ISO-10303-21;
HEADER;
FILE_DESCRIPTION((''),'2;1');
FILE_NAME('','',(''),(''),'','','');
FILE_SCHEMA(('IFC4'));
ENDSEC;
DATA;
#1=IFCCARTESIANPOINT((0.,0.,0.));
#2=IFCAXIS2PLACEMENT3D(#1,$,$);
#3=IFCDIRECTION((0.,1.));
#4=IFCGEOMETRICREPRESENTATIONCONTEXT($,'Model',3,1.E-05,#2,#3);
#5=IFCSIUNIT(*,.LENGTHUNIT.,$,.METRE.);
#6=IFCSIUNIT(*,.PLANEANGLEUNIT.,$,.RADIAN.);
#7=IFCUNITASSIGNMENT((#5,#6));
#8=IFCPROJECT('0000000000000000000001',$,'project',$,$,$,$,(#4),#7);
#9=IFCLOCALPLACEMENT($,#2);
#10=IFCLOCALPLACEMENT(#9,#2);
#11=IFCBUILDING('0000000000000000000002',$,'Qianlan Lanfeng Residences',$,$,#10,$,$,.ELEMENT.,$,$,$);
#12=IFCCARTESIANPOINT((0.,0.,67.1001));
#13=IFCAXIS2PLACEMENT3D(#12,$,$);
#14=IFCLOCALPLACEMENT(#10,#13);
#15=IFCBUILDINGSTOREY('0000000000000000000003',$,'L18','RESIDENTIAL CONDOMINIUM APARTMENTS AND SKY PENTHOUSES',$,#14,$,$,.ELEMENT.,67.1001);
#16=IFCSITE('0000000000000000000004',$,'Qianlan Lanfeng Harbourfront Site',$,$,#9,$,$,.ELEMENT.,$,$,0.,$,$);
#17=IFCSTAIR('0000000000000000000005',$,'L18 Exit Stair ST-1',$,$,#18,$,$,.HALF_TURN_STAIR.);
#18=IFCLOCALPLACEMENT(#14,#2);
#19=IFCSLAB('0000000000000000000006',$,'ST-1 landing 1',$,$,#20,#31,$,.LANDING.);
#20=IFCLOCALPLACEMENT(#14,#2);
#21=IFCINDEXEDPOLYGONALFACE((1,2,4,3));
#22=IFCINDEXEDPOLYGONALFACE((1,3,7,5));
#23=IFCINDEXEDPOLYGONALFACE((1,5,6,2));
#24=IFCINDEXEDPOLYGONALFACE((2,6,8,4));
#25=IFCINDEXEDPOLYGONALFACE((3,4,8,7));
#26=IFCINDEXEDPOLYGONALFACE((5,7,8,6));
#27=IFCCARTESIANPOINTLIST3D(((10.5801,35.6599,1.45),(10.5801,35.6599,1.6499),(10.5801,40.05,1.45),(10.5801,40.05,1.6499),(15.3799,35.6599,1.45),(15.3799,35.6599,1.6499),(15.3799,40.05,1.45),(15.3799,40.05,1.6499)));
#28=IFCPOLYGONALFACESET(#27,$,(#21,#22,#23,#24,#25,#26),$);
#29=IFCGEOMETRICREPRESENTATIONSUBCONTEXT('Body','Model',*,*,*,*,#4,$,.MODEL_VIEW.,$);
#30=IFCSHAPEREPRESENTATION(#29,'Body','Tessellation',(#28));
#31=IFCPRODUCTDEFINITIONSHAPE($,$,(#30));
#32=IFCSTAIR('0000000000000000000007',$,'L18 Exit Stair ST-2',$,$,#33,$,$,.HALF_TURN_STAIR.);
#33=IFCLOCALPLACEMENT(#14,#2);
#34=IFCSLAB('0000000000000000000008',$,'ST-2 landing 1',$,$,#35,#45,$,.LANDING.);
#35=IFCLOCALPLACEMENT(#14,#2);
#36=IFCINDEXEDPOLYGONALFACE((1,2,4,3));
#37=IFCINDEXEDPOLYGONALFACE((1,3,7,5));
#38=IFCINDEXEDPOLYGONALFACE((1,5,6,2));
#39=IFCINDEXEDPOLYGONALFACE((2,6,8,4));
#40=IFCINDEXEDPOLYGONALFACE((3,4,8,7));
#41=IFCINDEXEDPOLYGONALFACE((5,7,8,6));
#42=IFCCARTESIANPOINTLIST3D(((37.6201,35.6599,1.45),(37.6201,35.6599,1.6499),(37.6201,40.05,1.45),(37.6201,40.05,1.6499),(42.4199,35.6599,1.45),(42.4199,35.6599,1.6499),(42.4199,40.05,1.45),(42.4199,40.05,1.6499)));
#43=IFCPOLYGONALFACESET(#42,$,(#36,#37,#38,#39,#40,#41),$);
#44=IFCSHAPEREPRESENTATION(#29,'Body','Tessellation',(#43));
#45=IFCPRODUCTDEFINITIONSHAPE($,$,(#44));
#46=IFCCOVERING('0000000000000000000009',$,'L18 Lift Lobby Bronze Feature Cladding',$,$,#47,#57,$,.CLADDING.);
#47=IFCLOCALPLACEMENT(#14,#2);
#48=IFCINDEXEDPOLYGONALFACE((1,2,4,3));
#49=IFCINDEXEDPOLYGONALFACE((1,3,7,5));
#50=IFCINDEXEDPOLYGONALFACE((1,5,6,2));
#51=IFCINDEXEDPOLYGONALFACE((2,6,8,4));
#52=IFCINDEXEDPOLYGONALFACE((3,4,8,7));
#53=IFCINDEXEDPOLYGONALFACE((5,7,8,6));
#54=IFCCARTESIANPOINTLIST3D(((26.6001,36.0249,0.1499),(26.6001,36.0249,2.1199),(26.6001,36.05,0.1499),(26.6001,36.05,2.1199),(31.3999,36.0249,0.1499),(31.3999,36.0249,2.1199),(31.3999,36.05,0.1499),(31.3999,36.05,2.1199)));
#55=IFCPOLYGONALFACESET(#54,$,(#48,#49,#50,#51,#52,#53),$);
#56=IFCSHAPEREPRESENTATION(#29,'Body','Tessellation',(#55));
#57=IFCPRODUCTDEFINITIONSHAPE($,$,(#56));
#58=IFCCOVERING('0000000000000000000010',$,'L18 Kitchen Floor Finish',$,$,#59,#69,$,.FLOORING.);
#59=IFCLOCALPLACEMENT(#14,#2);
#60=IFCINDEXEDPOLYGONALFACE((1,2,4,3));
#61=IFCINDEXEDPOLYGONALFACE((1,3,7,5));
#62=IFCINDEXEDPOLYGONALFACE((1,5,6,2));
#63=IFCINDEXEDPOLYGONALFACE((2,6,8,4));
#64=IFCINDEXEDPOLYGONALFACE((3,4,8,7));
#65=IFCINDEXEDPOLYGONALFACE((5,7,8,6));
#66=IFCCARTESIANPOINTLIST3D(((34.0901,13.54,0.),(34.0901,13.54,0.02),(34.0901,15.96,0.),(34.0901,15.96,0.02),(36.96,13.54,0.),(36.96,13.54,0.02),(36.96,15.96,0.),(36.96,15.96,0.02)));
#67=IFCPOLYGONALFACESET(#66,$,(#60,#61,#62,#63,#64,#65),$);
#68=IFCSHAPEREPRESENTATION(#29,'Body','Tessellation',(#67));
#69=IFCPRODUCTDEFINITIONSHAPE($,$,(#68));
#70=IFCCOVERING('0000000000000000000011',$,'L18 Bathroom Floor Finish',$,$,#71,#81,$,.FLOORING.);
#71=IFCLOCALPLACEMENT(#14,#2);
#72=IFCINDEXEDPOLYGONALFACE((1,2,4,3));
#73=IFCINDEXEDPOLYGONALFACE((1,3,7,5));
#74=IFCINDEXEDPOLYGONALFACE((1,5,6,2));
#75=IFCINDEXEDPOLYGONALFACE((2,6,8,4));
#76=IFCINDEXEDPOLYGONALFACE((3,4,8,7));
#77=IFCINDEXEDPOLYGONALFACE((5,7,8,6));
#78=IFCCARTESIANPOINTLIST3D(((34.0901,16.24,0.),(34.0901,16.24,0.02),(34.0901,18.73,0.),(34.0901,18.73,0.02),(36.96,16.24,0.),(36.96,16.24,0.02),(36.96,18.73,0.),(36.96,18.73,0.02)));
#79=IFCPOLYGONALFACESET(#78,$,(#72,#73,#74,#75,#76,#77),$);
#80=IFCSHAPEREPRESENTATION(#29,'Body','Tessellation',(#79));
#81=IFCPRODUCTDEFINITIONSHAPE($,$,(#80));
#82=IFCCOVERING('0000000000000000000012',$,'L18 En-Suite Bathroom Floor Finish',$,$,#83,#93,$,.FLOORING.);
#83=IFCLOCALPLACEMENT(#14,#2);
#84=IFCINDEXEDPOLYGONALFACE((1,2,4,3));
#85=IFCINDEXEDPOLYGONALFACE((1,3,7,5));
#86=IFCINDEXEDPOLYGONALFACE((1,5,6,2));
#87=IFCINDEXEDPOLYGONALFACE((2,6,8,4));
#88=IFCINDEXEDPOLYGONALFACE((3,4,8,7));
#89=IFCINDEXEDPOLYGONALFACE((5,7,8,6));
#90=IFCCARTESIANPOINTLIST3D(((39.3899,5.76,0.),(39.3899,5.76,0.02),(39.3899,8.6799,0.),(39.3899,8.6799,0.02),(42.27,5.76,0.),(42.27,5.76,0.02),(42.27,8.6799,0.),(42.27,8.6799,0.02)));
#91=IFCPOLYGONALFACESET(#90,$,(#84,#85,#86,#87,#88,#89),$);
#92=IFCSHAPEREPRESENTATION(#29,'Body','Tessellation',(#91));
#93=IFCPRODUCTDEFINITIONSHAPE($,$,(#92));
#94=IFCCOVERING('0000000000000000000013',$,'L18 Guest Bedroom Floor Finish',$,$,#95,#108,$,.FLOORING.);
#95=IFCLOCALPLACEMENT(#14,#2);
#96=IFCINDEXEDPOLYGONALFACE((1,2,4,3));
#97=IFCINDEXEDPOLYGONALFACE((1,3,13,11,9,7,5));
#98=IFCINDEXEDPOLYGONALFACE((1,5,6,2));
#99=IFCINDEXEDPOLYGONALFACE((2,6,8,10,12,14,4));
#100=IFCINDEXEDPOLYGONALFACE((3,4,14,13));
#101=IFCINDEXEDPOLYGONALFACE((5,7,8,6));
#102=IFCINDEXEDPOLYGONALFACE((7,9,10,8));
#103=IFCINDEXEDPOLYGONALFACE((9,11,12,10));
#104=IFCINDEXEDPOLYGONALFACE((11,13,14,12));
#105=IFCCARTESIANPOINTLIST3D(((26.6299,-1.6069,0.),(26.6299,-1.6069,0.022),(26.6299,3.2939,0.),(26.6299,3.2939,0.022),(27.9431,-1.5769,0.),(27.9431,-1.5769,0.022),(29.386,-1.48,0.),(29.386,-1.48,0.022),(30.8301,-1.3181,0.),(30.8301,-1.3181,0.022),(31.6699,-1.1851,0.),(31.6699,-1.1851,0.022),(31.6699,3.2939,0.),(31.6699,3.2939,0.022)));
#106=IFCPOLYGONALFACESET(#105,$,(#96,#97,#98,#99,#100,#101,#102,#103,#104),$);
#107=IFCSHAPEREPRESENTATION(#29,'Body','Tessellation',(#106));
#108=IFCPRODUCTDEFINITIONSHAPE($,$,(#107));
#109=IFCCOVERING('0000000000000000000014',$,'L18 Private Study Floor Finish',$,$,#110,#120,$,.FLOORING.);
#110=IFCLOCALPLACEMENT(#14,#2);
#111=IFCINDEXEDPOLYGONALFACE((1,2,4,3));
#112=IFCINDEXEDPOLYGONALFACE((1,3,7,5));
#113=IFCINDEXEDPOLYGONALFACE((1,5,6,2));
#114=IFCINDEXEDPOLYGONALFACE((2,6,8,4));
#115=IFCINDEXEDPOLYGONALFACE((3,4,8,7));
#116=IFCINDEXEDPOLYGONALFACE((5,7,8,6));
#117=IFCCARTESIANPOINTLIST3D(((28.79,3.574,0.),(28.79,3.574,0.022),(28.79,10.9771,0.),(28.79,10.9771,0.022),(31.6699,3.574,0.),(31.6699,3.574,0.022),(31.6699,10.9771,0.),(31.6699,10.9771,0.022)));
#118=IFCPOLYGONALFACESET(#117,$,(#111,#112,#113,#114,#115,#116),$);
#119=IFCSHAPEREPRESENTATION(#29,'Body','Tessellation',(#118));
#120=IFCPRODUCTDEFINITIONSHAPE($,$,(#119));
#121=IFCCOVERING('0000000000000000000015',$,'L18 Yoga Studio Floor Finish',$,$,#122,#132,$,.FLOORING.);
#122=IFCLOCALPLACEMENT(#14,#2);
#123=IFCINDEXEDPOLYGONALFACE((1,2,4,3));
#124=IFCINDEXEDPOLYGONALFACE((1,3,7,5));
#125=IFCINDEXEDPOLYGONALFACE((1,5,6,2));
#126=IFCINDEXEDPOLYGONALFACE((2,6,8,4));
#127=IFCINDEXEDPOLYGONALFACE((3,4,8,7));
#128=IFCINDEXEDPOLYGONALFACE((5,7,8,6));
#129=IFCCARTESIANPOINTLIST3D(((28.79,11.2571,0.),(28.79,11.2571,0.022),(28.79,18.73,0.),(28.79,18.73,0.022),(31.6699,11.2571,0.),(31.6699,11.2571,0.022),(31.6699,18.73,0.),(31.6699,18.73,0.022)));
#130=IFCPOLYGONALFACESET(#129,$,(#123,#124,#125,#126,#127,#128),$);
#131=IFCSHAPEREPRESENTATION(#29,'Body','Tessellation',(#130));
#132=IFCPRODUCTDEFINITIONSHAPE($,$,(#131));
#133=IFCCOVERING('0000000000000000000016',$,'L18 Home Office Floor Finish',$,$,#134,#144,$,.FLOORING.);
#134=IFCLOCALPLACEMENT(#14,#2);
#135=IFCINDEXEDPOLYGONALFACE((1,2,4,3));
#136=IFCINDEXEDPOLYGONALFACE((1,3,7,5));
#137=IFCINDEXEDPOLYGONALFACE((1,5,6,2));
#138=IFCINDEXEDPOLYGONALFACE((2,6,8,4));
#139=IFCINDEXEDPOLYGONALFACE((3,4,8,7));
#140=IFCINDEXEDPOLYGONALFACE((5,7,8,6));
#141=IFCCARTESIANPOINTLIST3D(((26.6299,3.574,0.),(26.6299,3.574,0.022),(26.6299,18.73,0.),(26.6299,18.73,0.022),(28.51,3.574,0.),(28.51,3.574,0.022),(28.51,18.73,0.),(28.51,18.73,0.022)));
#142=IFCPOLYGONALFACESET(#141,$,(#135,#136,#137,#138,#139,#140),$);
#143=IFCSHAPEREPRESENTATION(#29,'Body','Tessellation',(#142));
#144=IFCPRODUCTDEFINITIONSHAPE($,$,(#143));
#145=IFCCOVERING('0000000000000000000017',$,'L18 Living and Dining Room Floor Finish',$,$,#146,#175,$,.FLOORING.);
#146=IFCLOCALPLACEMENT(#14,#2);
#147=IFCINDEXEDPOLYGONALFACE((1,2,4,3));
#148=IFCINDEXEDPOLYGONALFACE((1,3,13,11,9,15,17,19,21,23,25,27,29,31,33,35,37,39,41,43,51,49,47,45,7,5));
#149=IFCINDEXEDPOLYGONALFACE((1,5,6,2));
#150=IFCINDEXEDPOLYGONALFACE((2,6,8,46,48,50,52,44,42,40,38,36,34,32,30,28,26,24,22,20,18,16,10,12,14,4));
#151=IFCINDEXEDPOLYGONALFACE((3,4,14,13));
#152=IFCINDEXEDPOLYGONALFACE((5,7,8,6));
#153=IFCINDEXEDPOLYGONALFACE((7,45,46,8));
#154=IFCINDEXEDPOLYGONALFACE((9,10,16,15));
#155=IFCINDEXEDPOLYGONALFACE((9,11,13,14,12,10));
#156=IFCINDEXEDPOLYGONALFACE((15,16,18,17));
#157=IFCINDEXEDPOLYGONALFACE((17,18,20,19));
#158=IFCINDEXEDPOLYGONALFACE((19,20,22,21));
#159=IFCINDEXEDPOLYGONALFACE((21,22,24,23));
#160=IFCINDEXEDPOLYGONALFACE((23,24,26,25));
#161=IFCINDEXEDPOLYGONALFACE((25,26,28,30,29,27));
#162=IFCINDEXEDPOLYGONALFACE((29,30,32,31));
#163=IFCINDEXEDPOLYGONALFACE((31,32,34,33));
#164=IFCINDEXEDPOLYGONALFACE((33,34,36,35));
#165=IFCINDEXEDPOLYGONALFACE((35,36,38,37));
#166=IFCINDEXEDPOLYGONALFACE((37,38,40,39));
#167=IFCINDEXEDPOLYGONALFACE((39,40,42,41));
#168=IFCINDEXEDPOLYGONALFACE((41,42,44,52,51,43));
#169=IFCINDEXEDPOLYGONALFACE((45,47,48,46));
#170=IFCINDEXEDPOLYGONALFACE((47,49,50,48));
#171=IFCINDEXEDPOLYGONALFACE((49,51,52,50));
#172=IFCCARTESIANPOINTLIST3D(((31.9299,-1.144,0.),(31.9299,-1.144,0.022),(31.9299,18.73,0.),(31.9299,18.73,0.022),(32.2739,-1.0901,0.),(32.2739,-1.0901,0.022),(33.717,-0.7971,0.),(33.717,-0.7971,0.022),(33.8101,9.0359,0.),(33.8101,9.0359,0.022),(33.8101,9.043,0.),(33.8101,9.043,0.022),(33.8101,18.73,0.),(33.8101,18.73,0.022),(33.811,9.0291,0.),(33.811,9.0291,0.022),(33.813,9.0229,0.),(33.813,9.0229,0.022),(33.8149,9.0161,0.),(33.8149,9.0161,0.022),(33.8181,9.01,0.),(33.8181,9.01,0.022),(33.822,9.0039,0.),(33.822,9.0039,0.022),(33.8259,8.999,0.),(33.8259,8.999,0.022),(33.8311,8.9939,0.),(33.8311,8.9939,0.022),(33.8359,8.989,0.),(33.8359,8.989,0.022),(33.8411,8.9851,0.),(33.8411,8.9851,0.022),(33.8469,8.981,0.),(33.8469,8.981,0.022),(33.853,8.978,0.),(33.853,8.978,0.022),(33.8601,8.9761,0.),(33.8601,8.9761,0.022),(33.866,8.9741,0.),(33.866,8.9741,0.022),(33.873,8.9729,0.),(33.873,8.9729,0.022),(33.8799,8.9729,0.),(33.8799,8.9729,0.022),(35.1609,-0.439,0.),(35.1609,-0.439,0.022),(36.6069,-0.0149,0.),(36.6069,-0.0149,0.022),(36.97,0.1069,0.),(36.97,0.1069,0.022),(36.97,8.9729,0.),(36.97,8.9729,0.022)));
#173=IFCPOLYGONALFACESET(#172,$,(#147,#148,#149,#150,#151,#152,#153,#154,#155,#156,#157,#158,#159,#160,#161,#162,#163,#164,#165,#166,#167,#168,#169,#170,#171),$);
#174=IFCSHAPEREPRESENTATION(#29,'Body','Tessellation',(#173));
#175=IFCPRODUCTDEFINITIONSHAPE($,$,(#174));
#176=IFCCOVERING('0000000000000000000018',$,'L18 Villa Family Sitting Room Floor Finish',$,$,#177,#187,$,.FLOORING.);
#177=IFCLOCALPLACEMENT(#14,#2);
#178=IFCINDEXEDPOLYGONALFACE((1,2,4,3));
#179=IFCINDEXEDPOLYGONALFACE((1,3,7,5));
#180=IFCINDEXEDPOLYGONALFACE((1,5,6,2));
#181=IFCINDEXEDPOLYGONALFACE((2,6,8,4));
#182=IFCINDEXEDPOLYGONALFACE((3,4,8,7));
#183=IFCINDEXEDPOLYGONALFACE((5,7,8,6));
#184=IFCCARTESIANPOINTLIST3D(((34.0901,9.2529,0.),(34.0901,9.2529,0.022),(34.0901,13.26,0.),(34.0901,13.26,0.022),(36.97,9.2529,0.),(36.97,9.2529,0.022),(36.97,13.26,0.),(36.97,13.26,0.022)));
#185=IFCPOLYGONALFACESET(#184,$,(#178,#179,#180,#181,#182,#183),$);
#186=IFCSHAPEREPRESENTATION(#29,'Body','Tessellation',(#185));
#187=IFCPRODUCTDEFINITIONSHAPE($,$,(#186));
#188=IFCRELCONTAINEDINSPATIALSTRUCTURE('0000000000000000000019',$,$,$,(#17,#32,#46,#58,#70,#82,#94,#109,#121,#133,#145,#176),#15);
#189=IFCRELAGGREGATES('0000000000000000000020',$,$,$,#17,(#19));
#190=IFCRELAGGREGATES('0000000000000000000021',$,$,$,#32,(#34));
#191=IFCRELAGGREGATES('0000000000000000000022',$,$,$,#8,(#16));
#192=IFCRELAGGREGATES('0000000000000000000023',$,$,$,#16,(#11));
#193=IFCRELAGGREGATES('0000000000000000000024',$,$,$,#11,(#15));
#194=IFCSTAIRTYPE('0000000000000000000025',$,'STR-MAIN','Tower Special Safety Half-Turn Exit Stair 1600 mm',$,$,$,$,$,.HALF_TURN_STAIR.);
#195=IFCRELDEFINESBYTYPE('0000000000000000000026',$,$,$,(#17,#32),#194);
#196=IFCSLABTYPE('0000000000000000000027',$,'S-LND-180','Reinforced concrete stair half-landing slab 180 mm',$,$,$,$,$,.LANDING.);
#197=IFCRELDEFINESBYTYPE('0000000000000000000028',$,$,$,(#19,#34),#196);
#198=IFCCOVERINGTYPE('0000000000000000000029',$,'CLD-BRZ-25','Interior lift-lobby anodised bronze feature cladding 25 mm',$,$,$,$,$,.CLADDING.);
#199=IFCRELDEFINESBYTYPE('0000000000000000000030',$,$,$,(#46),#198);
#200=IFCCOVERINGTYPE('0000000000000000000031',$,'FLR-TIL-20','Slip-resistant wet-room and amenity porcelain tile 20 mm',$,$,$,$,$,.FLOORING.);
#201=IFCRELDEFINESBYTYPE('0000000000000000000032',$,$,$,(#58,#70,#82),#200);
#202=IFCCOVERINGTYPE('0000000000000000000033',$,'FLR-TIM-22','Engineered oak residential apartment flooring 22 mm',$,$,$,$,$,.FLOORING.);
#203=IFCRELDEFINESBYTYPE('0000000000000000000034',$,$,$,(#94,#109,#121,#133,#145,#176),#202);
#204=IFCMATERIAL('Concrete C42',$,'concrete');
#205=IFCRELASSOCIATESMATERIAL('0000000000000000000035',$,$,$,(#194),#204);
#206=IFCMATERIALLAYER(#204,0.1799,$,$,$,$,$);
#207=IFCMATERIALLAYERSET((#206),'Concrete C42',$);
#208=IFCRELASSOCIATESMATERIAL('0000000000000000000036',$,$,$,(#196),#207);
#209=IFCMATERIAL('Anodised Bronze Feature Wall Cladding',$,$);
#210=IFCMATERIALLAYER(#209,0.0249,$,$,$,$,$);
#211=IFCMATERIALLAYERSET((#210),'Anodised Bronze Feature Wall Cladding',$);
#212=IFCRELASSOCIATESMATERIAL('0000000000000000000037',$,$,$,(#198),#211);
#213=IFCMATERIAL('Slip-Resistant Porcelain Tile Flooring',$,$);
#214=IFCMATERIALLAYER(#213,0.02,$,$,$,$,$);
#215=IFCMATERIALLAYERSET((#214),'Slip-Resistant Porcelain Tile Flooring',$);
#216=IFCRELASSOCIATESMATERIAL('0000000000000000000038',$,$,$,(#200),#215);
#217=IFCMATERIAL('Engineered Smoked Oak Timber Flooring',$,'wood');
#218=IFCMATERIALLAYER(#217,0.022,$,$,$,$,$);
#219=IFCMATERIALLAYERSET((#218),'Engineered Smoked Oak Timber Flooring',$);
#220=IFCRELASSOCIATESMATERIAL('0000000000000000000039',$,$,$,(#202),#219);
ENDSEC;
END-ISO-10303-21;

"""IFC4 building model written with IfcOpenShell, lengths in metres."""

from ifc_helpers import new_model, si_unit, direction, frame, origin, place, context, subcontext, project, spatial, polyline, outline, extrude, material, layer, layer_set, type_object, element, aggregate, save


model = new_model("IFC4")

# Units and contexts
model_context = context("Model", 3, precision=1e-05, world=origin(), true_north=direction((0.0, 1.0)))
body_context = subcontext(model_context, "Body", "Model", "MODEL_VIEW")
ifc_project = project(units=[si_unit("LENGTHUNIT", "METRE"), si_unit("PLANEANGLEUNIT", "RADIAN")], contexts=[model_context])

# Site, building, storey
site_placement = place(None, origin())
site = spatial("IfcSite", under=ifc_project, at=site_placement, Name="Qianlan Lanfeng Harbourfront Site", CompositionType="ELEMENT", RefElevation=0.0)
building_placement = place(site_placement, origin())
building = spatial("IfcBuilding", under=site, at=building_placement, Name="Qianlan Lanfeng Residences", CompositionType="ELEMENT")
storey_placement = place(building_placement, frame((0.0, 0.0, 67.1001)))
storey = spatial("IfcBuildingStorey", under=building, at=storey_placement, Name="L18", Description="RESIDENTIAL CONDOMINIUM APARTMENTS AND SKY PENTHOUSES", CompositionType="ELEMENT", Elevation=67.1001)

# Stairs, slabs
ifc_material_1 = material(Name="Concrete C42", Category="concrete")
stair_type = type_object("IfcStairType", Name="STR-MAIN", Description="Tower Special Safety Half-Turn Exit Stair 1600 mm", PredefinedType="HALF_TURN_STAIR", material=ifc_material_1)
stair_1_placement = place(storey_placement, origin())
stair_1 = element("IfcStair", 1, at=stair_1_placement, inside=storey, type_object=stair_type, Name="L18 Exit Stair ST-1", PredefinedType="HALF_TURN_STAIR")
ifc_layer_1 = layer(ifc_material_1, 0.1799)
ifc_layer_set_1 = layer_set([ifc_layer_1], Name="Concrete C42")
slab_type = type_object("IfcSlabType", Name="S-LND-180", Description="Reinforced concrete stair half-landing slab 180 mm", PredefinedType="LANDING", material=ifc_layer_set_1)
slab_1_placement = place(storey_placement, frame((0.0, 0.0, 1.45)))
slab_1 = element("IfcSlab", 2, at=slab_1_placement, type_object=slab_type, Name="ST-1 landing 1", PredefinedType="LANDING", context=body_context, shape_type="SweptSolid", body=[
    extrude(outline(polyline([(10.5801, 35.6599), (15.3799, 35.6599), (15.3799, 40.05), (10.5801, 40.05), (10.5801, 35.6599)])), origin(), (0.0, 0.0, 1.0), 0.2),
])
aggregate(stair_1, [slab_1])
stair_2_placement = place(storey_placement, origin())
stair_2 = element("IfcStair", 3, at=stair_2_placement, inside=storey, type_object=stair_type, Name="L18 Exit Stair ST-2", PredefinedType="HALF_TURN_STAIR")
slab_2_placement = place(storey_placement, frame((0.0, 0.0, 1.45)))
slab_2 = element("IfcSlab", 4, at=slab_2_placement, type_object=slab_type, Name="ST-2 landing 1", PredefinedType="LANDING", context=body_context, shape_type="SweptSolid", body=[
    extrude(outline(polyline([(37.6201, 35.6599), (42.4199, 35.6599), (42.4199, 40.05), (37.6201, 40.05), (37.6201, 35.6599)])), origin(), (0.0, 0.0, 1.0), 0.2),
])
aggregate(stair_2, [slab_2])

# Coverings
ifc_material_2 = material(Name="Anodised Bronze Feature Wall Cladding")
ifc_layer_2 = layer(ifc_material_2, 0.0249)
ifc_layer_set_2 = layer_set([ifc_layer_2], Name="Anodised Bronze Feature Wall Cladding")
covering_type_1 = type_object("IfcCoveringType", Name="CLD-BRZ-25", Description="Interior lift-lobby anodised bronze feature cladding 25 mm", PredefinedType="CLADDING", material=ifc_layer_set_2)
covering_1_placement = place(storey_placement, frame((0.0, 0.0, 0.1499)))
element("IfcCovering", 5, at=covering_1_placement, inside=storey, type_object=covering_type_1, Name="L18 Lift Lobby Bronze Feature Cladding", PredefinedType="CLADDING", context=body_context, shape_type="SweptSolid", body=[
    extrude(outline(polyline([(26.6001, 36.0249), (31.3999, 36.0249), (31.3999, 36.05), (26.6001, 36.05), (26.6001, 36.0249)])), origin(), (0.0, 0.0, 1.0), 1.97),
])
ifc_material_3 = material(Name="Slip-Resistant Porcelain Tile Flooring")
ifc_layer_3 = layer(ifc_material_3, 0.02)
ifc_layer_set_3 = layer_set([ifc_layer_3], Name="Slip-Resistant Porcelain Tile Flooring")
covering_type_2 = type_object("IfcCoveringType", Name="FLR-TIL-20", Description="Slip-resistant wet-room and amenity porcelain tile 20 mm", PredefinedType="FLOORING", material=ifc_layer_set_3)
covering_2_placement = place(storey_placement, origin())
element("IfcCovering", 6, at=covering_2_placement, inside=storey, type_object=covering_type_2, Name="L18 Kitchen Floor Finish", PredefinedType="FLOORING", context=body_context, shape_type="SweptSolid", body=[
    extrude(outline(polyline([(34.0901, 13.54), (36.96, 13.54), (36.96, 15.96), (34.0901, 15.96), (34.0901, 13.54)])), origin(), (0.0, 0.0, 1.0), 0.02),
])
covering_3_placement = place(storey_placement, origin())
element("IfcCovering", 7, at=covering_3_placement, inside=storey, type_object=covering_type_2, Name="L18 Bathroom Floor Finish", PredefinedType="FLOORING", context=body_context, shape_type="SweptSolid", body=[
    extrude(outline(polyline([(34.0901, 16.24), (36.96, 16.24), (36.96, 18.73), (34.0901, 18.73), (34.0901, 16.24)])), origin(), (0.0, 0.0, 1.0), 0.02),
])
covering_4_placement = place(storey_placement, origin())
element("IfcCovering", 8, at=covering_4_placement, inside=storey, type_object=covering_type_2, Name="L18 En-Suite Bathroom Floor Finish", PredefinedType="FLOORING", context=body_context, shape_type="SweptSolid", body=[
    extrude(outline(polyline([(39.3899, 5.76), (42.27, 5.76), (42.27, 8.6799), (39.3899, 8.6799), (39.3899, 5.76)])), origin(), (0.0, 0.0, 1.0), 0.02),
])
ifc_material_4 = material(Name="Engineered Smoked Oak Timber Flooring", Category="wood")
ifc_layer_4 = layer(ifc_material_4, 0.022)
ifc_layer_set_4 = layer_set([ifc_layer_4], Name="Engineered Smoked Oak Timber Flooring")
covering_type_3 = type_object("IfcCoveringType", Name="FLR-TIM-22", Description="Engineered oak residential apartment flooring 22 mm", PredefinedType="FLOORING", material=ifc_layer_set_4)
covering_5_placement = place(storey_placement, origin())
element("IfcCovering", 9, at=covering_5_placement, inside=storey, type_object=covering_type_3, Name="L18 Guest Bedroom Floor Finish", PredefinedType="FLOORING", context=body_context, shape_type="SweptSolid", body=[
    extrude(outline(polyline([(26.6299, 3.2939), (26.6299, -1.6069), (27.9431, -1.5769), (29.386, -1.48), (30.8301, -1.3181), (31.6699, -1.1851), (31.6699, 3.2939), (26.6299, 3.2939)])), origin(), (0.0, 0.0, 1.0), 0.022),
])
covering_6_placement = place(storey_placement, origin())
element("IfcCovering", 10, at=covering_6_placement, inside=storey, type_object=covering_type_3, Name="L18 Private Study Floor Finish", PredefinedType="FLOORING", context=body_context, shape_type="SweptSolid", body=[
    extrude(outline(polyline([(28.79, 3.574), (31.6699, 3.574), (31.6699, 10.9771), (28.79, 10.9771), (28.79, 3.574)])), origin(), (0.0, 0.0, 1.0), 0.022),
])
covering_7_placement = place(storey_placement, origin())
element("IfcCovering", 11, at=covering_7_placement, inside=storey, type_object=covering_type_3, Name="L18 Yoga Studio Floor Finish", PredefinedType="FLOORING", context=body_context, shape_type="SweptSolid", body=[
    extrude(outline(polyline([(28.79, 11.2571), (31.6699, 11.2571), (31.6699, 18.73), (28.79, 18.73), (28.79, 11.2571)])), origin(), (0.0, 0.0, 1.0), 0.022),
])
covering_8_placement = place(storey_placement, origin())
element("IfcCovering", 12, at=covering_8_placement, inside=storey, type_object=covering_type_3, Name="L18 Home Office Floor Finish", PredefinedType="FLOORING", context=body_context, shape_type="SweptSolid", body=[
    extrude(outline(polyline([(26.6299, 3.574), (28.51, 3.574), (28.51, 18.73), (26.6299, 18.73), (26.6299, 3.574)])), origin(), (0.0, 0.0, 1.0), 0.022),
])
covering_9_placement = place(storey_placement, origin())
element("IfcCovering", 13, at=covering_9_placement, inside=storey, type_object=covering_type_3, Name="L18 Living and Dining Room Floor Finish", PredefinedType="FLOORING", context=body_context, shape_type="SweptSolid", body=[
    extrude(outline(polyline([(36.97, 0.1069), (36.97, 8.9729), (33.8799, 8.9729), (33.873, 8.9729), (33.866, 8.9741), (33.8601, 8.9761), (33.853, 8.978), (33.8469, 8.981), (33.8411, 8.9851), (33.8359, 8.989), (33.8311, 8.9939), (33.8259, 8.999), (33.822, 9.0039), (33.8181, 9.01), (33.8149, 9.0161), (33.813, 9.0229), (33.811, 9.0291), (33.8101, 9.0359), (33.8101, 9.043), (33.8101, 18.73), (31.9299, 18.73), (31.9299, -1.144), (32.2739, -1.0901), (33.717, -0.7971), (35.1609, -0.439), (36.6069, -0.0149), (36.97, 0.1069)])), origin(), (0.0, 0.0, 1.0), 0.022),
])
covering_10_placement = place(storey_placement, origin())
element("IfcCovering", 14, at=covering_10_placement, inside=storey, type_object=covering_type_3, Name="L18 Villa Family Sitting Room Floor Finish", PredefinedType="FLOORING", context=body_context, shape_type="SweptSolid", body=[
    extrude(outline(polyline([(34.0901, 13.26), (34.0901, 9.2529), (36.97, 9.2529), (36.97, 13.26), (34.0901, 13.26)])), origin(), (0.0, 0.0, 1.0), 0.022),
])

save(model, "model.ifc")
